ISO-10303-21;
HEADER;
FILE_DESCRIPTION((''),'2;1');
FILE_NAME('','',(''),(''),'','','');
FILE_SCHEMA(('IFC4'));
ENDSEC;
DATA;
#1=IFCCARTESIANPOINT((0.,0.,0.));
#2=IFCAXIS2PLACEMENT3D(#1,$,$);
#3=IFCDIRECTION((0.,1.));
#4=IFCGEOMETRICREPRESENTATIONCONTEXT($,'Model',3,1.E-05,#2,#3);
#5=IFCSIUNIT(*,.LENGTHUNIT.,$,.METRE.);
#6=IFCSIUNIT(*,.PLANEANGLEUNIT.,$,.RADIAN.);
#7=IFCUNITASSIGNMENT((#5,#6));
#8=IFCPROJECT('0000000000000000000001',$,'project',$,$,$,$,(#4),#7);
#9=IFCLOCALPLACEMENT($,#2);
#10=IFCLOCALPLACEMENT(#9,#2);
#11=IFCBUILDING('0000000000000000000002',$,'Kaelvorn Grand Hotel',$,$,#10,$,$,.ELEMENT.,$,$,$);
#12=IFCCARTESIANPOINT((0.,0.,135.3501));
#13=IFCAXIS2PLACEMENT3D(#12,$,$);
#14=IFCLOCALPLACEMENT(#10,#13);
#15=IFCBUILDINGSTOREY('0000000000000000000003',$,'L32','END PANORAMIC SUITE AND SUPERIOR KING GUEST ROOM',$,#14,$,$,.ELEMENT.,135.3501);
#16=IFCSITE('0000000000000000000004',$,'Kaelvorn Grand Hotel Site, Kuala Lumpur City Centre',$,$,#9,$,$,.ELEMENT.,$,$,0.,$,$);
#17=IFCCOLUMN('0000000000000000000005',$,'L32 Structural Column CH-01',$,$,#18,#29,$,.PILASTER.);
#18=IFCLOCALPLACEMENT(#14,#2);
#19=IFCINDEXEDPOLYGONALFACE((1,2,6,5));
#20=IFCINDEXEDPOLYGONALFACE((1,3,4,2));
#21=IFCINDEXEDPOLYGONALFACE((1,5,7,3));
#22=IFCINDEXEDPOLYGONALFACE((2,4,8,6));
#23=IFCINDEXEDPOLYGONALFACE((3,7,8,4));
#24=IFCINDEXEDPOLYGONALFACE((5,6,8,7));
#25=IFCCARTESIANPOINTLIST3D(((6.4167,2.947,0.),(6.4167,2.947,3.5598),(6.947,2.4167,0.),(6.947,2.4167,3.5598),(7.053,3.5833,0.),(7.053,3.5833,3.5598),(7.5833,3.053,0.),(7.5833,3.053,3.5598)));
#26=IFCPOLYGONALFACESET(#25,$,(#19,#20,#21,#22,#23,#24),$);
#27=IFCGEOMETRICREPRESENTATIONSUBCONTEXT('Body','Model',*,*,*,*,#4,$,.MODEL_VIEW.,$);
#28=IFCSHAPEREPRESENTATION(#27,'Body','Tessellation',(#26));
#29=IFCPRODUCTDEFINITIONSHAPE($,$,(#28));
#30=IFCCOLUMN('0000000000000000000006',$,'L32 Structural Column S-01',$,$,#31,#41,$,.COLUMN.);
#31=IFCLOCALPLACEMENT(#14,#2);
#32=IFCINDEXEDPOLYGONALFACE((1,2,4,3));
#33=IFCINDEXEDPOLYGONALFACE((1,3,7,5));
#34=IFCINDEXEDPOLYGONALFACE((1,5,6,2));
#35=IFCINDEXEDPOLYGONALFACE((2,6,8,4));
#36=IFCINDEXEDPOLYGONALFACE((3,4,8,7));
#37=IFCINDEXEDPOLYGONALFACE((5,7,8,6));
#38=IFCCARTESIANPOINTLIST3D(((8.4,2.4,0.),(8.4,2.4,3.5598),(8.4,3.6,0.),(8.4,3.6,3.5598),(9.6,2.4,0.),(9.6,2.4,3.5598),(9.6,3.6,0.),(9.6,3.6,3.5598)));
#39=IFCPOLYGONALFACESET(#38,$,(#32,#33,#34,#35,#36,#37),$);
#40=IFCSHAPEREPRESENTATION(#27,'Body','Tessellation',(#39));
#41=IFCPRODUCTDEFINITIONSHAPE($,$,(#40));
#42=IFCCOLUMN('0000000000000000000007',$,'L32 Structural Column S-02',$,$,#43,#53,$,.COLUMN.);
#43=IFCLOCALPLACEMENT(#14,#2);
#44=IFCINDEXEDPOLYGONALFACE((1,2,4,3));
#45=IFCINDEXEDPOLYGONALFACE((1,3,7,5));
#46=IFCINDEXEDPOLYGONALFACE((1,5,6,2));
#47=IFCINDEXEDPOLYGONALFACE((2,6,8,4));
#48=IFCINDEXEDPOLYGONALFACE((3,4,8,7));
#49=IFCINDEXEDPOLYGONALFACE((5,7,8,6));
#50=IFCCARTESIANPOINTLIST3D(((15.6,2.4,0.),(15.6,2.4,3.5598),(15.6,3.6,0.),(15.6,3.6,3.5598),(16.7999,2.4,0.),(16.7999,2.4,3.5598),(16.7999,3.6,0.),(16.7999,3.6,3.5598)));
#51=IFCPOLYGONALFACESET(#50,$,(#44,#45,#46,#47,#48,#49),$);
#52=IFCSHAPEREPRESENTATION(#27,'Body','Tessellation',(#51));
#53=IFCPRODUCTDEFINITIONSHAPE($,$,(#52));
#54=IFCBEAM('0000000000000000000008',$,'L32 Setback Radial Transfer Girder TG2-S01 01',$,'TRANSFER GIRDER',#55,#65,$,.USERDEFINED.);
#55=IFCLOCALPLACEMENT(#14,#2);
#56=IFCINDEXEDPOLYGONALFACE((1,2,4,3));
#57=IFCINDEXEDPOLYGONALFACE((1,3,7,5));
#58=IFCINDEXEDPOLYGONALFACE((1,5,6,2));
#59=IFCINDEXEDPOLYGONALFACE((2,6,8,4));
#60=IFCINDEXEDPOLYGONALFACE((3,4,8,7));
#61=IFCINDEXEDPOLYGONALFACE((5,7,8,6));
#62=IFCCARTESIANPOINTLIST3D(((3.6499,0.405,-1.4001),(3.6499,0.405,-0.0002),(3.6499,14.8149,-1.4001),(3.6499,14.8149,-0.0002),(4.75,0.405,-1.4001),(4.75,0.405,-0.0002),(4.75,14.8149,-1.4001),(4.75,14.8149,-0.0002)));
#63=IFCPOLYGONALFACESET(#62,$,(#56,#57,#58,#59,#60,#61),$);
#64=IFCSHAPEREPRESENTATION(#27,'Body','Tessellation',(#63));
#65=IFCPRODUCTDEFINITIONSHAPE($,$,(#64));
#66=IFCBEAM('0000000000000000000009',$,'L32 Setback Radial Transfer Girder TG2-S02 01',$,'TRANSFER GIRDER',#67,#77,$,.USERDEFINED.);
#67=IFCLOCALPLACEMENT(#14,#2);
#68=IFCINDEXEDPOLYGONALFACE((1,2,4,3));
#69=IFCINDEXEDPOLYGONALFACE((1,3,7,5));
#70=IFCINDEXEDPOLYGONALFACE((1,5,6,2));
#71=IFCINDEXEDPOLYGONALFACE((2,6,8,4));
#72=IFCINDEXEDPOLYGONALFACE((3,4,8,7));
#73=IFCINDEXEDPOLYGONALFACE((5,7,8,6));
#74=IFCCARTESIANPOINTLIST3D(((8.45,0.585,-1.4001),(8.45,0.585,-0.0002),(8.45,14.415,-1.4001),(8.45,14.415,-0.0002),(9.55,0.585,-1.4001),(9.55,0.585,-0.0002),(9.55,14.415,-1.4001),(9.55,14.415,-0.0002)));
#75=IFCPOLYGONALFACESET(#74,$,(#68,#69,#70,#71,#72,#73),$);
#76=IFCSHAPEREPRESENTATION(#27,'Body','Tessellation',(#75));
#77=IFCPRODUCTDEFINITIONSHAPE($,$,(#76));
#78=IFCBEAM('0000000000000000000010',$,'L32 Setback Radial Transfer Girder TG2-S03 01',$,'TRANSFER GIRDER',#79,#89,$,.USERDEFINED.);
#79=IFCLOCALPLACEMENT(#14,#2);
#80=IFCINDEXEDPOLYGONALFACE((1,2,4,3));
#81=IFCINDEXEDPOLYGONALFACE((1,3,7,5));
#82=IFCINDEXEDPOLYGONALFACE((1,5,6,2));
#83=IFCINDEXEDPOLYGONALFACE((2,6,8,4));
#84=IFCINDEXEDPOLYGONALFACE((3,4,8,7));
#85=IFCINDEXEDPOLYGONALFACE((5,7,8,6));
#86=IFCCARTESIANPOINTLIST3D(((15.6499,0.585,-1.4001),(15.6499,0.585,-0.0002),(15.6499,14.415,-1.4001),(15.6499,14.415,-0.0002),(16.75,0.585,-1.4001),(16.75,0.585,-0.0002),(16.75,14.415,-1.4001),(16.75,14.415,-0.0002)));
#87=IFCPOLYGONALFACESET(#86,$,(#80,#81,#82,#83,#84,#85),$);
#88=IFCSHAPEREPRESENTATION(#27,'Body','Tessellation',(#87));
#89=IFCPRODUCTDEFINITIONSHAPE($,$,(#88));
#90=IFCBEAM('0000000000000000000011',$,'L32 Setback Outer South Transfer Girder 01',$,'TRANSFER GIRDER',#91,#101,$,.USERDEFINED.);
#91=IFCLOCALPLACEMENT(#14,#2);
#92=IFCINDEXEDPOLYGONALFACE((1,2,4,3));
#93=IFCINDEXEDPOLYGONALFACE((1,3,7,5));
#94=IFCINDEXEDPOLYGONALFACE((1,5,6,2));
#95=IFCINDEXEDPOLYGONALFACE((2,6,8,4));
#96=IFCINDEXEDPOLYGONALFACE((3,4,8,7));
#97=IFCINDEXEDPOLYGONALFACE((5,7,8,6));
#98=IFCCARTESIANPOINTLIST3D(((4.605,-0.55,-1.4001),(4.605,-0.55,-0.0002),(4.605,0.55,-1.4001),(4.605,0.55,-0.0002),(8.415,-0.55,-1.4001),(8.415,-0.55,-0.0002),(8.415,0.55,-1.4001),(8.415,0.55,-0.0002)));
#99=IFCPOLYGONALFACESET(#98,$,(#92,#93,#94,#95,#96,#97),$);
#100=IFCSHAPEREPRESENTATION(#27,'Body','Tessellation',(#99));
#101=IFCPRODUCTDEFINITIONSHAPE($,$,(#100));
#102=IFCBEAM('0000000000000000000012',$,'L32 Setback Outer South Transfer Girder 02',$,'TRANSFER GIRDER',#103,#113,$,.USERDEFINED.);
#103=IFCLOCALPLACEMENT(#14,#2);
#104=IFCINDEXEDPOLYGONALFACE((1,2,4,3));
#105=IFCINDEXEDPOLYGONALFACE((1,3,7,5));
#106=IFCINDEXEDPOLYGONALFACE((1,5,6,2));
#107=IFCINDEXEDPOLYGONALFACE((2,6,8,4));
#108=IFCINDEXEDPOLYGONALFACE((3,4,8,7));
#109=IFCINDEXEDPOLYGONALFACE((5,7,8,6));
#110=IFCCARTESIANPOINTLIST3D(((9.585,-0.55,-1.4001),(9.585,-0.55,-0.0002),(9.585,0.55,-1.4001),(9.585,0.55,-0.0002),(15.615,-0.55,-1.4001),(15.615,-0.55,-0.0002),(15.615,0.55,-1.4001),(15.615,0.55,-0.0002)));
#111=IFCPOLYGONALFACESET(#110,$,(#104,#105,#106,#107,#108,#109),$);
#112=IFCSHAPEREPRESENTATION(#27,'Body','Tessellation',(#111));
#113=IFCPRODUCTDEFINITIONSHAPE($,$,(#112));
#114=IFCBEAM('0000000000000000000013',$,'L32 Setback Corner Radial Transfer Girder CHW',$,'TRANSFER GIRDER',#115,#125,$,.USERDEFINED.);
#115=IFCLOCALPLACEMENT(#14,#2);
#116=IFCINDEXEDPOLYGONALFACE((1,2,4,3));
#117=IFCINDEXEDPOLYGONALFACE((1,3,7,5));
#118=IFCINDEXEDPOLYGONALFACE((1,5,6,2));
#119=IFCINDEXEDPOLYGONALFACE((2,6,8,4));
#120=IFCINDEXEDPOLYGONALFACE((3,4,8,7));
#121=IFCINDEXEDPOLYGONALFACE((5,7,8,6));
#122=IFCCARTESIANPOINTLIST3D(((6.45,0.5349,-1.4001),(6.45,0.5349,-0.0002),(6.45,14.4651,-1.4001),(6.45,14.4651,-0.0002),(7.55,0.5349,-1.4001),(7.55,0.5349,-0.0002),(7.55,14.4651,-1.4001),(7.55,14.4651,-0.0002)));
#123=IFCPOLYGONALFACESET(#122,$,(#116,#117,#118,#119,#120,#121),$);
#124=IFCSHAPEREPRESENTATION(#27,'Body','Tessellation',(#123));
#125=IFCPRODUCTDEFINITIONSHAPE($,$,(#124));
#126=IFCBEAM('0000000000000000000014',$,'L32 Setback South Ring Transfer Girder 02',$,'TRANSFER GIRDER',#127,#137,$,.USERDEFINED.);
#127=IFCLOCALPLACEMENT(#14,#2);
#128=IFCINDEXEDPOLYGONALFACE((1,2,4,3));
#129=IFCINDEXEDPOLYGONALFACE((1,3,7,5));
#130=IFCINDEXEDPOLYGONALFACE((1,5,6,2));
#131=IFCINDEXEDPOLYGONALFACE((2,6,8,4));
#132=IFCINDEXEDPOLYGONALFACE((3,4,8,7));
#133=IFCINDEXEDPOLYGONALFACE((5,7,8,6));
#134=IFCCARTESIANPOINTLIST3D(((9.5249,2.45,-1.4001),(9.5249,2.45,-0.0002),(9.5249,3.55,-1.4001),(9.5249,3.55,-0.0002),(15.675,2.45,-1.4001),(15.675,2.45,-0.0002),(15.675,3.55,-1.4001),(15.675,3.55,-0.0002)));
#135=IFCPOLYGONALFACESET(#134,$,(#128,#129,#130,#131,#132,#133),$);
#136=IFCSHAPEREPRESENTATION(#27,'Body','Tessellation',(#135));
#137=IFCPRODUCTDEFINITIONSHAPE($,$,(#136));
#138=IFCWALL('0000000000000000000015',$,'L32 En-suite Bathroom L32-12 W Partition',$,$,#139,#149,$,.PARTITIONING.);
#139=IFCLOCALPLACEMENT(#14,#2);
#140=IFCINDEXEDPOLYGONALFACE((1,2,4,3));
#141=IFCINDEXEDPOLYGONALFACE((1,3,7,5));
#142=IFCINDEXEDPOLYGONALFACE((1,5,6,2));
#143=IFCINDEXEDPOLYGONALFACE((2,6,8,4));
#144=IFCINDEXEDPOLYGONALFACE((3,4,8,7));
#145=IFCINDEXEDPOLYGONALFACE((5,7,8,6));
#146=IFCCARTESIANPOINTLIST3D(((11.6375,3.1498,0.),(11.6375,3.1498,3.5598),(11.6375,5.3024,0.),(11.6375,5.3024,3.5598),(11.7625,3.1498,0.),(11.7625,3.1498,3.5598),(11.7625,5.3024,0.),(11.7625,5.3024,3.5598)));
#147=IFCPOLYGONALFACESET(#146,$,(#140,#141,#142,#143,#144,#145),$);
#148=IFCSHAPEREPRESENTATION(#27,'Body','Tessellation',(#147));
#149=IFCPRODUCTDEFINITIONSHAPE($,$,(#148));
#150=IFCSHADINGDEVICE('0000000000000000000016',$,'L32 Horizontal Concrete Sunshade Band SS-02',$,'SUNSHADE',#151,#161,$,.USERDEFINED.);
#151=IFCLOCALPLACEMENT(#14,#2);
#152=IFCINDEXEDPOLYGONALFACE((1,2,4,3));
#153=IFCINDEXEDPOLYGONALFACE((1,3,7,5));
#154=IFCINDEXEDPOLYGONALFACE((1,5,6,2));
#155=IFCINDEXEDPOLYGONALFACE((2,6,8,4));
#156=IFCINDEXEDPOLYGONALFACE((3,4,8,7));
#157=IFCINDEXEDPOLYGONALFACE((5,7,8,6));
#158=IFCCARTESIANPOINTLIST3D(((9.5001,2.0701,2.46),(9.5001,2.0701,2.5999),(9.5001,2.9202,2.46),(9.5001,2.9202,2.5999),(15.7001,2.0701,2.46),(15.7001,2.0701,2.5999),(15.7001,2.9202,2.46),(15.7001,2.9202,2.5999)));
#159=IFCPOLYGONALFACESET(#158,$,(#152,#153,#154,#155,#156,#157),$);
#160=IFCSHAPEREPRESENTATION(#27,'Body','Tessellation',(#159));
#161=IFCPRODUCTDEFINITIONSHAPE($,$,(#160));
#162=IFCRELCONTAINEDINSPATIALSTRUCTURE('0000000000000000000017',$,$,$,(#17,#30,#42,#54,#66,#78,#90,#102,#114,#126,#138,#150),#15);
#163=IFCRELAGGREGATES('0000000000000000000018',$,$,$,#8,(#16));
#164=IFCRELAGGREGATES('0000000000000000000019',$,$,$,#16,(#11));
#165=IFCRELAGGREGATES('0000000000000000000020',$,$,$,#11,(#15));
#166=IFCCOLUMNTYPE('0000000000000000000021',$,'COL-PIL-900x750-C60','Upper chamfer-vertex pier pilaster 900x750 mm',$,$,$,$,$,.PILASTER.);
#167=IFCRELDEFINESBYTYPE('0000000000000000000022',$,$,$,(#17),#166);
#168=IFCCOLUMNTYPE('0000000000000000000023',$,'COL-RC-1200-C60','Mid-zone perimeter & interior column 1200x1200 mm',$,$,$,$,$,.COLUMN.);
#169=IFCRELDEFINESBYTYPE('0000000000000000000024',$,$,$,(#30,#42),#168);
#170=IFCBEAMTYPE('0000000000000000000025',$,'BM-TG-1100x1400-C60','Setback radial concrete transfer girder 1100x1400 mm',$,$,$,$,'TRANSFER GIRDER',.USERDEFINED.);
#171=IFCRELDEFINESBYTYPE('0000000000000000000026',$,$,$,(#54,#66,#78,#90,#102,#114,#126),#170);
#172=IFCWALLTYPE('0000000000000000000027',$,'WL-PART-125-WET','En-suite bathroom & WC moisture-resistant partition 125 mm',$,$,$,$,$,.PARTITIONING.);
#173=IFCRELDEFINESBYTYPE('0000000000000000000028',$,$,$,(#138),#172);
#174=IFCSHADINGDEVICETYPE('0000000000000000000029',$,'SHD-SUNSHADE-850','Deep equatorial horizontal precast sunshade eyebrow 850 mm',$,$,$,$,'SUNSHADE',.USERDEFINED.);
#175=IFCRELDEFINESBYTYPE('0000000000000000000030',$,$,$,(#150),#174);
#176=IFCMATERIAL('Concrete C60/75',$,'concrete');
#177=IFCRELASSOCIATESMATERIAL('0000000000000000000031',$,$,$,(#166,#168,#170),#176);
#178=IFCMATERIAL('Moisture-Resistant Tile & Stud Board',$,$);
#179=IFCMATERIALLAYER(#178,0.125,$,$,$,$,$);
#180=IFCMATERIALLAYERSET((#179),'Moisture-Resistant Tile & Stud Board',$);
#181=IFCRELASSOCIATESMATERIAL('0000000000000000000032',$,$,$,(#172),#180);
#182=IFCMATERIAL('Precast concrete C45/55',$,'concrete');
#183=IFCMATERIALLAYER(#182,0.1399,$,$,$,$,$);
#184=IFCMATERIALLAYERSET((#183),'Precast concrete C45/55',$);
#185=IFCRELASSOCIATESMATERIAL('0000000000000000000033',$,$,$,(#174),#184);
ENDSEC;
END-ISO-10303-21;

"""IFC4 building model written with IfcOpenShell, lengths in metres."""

from ifc_helpers import new_model, si_unit, direction, frame, frame_2d, origin, origin_2d, place, context, subcontext, project, spatial, rectangle, extrude, material, layer, layer_set, material_profile, profile_set, type_object, element, save


model = new_model("IFC4")

# Units and contexts
model_context = context("Model", 3, precision=1e-05, world=origin(), true_north=direction((0.0, 1.0)))
body_context = subcontext(model_context, "Body", "Model", "MODEL_VIEW")
ifc_project = project(units=[si_unit("LENGTHUNIT", "METRE"), si_unit("PLANEANGLEUNIT", "RADIAN")], contexts=[model_context])

# Site, building, storey
site_placement = place(None, origin())
site = spatial("IfcSite", under=ifc_project, at=site_placement, Name="Kaelvorn Grand Hotel Site, Kuala Lumpur City Centre", CompositionType="ELEMENT", RefElevation=0.0)
building_placement = place(site_placement, origin())
building = spatial("IfcBuilding", under=site, at=building_placement, Name="Kaelvorn Grand Hotel", CompositionType="ELEMENT")
storey_placement = place(building_placement, frame((0.0, 0.0, 135.3501)))
storey = spatial("IfcBuildingStorey", under=building, at=storey_placement, Name="L32", Description="END PANORAMIC SUITE AND SUPERIOR KING GUEST ROOM", CompositionType="ELEMENT", Elevation=135.3501)

# Columns
ifc_material_1 = material(Name="Concrete C60/75", Category="concrete")
ifc_material_profile_1 = material_profile(ifc_material_1, rectangle(XDim=0.8999, YDim=0.75, at=origin_2d()), Name="RC PILASTER 900x750")
ifc_profile_set_1 = profile_set([ifc_material_profile_1], Name="Concrete C60/75")
column_type_1 = type_object("IfcColumnType", Name="COL-PIL-900x750-C60", Description="Upper chamfer-vertex pier pilaster 900x750 mm", PredefinedType="PILASTER", material=ifc_profile_set_1)
column_placement = place(storey_placement, frame((7.0, 3.0, 0.0), z_axis=(0.0, 0.0, 1.0), x_axis=(0.707107, 0.707107, 0.0)))
element("IfcColumn", 1, at=column_placement, inside=storey, type_object=column_type_1, Name="L32 Structural Column CH-01", PredefinedType="PILASTER", context=body_context, shape_type="SweptSolid", body=[
    extrude(rectangle(XDim=0.8999, YDim=0.75, at=origin_2d()), origin(), (0.0, 0.0, 1.0), 3.5598),
])
ifc_material_profile_2 = material_profile(ifc_material_1, rectangle(XDim=1.2, YDim=1.2, at=origin_2d()), Name="RC COL 1200x1200")
ifc_profile_set_2 = profile_set([ifc_material_profile_2], Name="Concrete C60/75")
column_type_2 = type_object("IfcColumnType", Name="COL-RC-1200-C60", Description="Mid-zone perimeter & interior column 1200x1200 mm", PredefinedType="COLUMN", material=ifc_profile_set_2)
for number, where, z_axis, x_axis, name in (
    (2, (9.0, 3.0, 0.0), (0.0, 0.0, 1.0), (1.0, 0.0, 0.0), "L32 Structural Column S-01"),
    (3, (16.2, 3.0, 0.0), (0.0, 0.0, 1.0), (1.0, 0.0, 0.0), "L32 Structural Column S-02"),
):
    element("IfcColumn", number, at=place(storey_placement, frame(where, z_axis=z_axis, x_axis=x_axis)), inside=storey, type_object=column_type_2, Name=name, PredefinedType="COLUMN", context=body_context, shape_type="SweptSolid", body=[
        extrude(rectangle(XDim=1.2, YDim=1.2, at=origin_2d()), origin(), (0.0, 0.0, 1.0), 3.5598),
    ])

# Beams
ifc_material_profile_3 = material_profile(ifc_material_1, rectangle(XDim=1.1001, YDim=1.3999, at=origin_2d()), Name="RC TG 1100x1400")
ifc_profile_set_3 = profile_set([ifc_material_profile_3], Name="Concrete C60/75")
beam_type = type_object("IfcBeamType", Name="BM-TG-1100x1400-C60", Description="Setback radial concrete transfer girder 1100x1400 mm", ElementType="TRANSFER GIRDER", PredefinedType="USERDEFINED", material=ifc_profile_set_3)
beam_1_placement = place(storey_placement, frame((4.2, 0.405, -0.7002), z_axis=(0.0, 1.0, 0.0), x_axis=(-1.0, 0.0, 0.0)))
element("IfcBeam", 4, at=beam_1_placement, inside=storey, type_object=beam_type, Name="L32 Setback Radial Transfer Girder TG2-S01 01", ObjectType="TRANSFER GIRDER", PredefinedType="USERDEFINED", context=body_context, shape_type="SweptSolid", body=[
    extrude(rectangle(XDim=1.1001, YDim=1.3999, at=origin_2d()), origin(), (0.0, 0.0, 1.0), 14.4099),
])
for number, where, z_axis, x_axis, name in (
    (5, (9.0, 0.585, -0.7002), (0.0, 1.0, 0.0), (-1.0, 0.0, 0.0), "L32 Setback Radial Transfer Girder TG2-S02 01"),
    (6, (16.2, 0.585, -0.7002), (0.0, 1.0, 0.0), (-1.0, 0.0, 0.0), "L32 Setback Radial Transfer Girder TG2-S03 01"),
):
    element("IfcBeam", number, at=place(storey_placement, frame(where, z_axis=z_axis, x_axis=x_axis)), inside=storey, type_object=beam_type, Name=name, ObjectType="TRANSFER GIRDER", PredefinedType="USERDEFINED", context=body_context, shape_type="SweptSolid", body=[
        extrude(rectangle(XDim=1.1001, YDim=1.3999, at=origin_2d()), origin(), (0.0, 0.0, 1.0), 13.8301),
    ])
beam_2_placement = place(storey_placement, frame((4.605, 0.0, -0.7002), z_axis=(1.0, 0.0, 0.0), x_axis=(0.0, 1.0, 0.0)))
element("IfcBeam", 7, at=beam_2_placement, inside=storey, type_object=beam_type, Name="L32 Setback Outer South Transfer Girder 01", ObjectType="TRANSFER GIRDER", PredefinedType="USERDEFINED", context=body_context, shape_type="SweptSolid", body=[
    extrude(rectangle(XDim=1.1001, YDim=1.3999, at=origin_2d()), origin(), (0.0, 0.0, 1.0), 3.8101),
])
beam_3_placement = place(storey_placement, frame((9.585, 0.0, -0.7002), z_axis=(1.0, 0.0, 0.0), x_axis=(0.0, 1.0, 0.0)))
element("IfcBeam", 8, at=beam_3_placement, inside=storey, type_object=beam_type, Name="L32 Setback Outer South Transfer Girder 02", ObjectType="TRANSFER GIRDER", PredefinedType="USERDEFINED", context=body_context, shape_type="SweptSolid", body=[
    extrude(rectangle(XDim=1.1001, YDim=1.3999, at=origin_2d()), origin(), (0.0, 0.0, 1.0), 6.03),
])
beam_4_placement = place(storey_placement, frame((7.0, 0.5349, -0.7002), z_axis=(0.0, 1.0, 0.0), x_axis=(-1.0, 0.0, 0.0)))
element("IfcBeam", 9, at=beam_4_placement, inside=storey, type_object=beam_type, Name="L32 Setback Corner Radial Transfer Girder CHW", ObjectType="TRANSFER GIRDER", PredefinedType="USERDEFINED", context=body_context, shape_type="SweptSolid", body=[
    extrude(rectangle(XDim=1.1001, YDim=1.3999, at=origin_2d()), origin(), (0.0, 0.0, 1.0), 13.9302),
])
beam_5_placement = place(storey_placement, frame((9.5249, 3.0, -0.7002), z_axis=(1.0, 0.0, 0.0), x_axis=(0.0, 1.0, 0.0)))
element("IfcBeam", 10, at=beam_5_placement, inside=storey, type_object=beam_type, Name="L32 Setback South Ring Transfer Girder 02", ObjectType="TRANSFER GIRDER", PredefinedType="USERDEFINED", context=body_context, shape_type="SweptSolid", body=[
    extrude(rectangle(XDim=1.1001, YDim=1.3999, at=origin_2d()), origin(), (0.0, 0.0, 1.0), 6.1501),
])

# Wall
ifc_material_2 = material(Name="Moisture-Resistant Tile & Stud Board")
ifc_layer_1 = layer(ifc_material_2, 0.125)
ifc_layer_set_1 = layer_set([ifc_layer_1], Name="Moisture-Resistant Tile & Stud Board")
wall_type_1 = type_object("IfcWallType", Name="WL-PART-125-WET", Description="En-suite bathroom & WC moisture-resistant partition 125 mm", PredefinedType="PARTITIONING", material=ifc_layer_set_1)
wall_1_placement = place(storey_placement, frame((11.7, 3.1499, 0.0), z_axis=(0.0, 0.0, 1.0), x_axis=(0.0, 1.0, 0.0)))
element("IfcWall", 11, at=wall_1_placement, inside=storey, type_object=wall_type_1, Name="L32 En-suite Bathroom L32-12 W Partition", PredefinedType="PARTITIONING", context=body_context, shape_type="SweptSolid", body=[
    extrude(rectangle(XDim=2.1526, YDim=0.125, at=frame_2d((1.0762, 0.0))), origin(), (0.0, 0.0, 1.0), 3.5598),
])

# Shading device
ifc_material_3 = material(Name="Precast concrete C45/55", Category="concrete")
ifc_layer_2 = layer(ifc_material_3, 0.1399)
ifc_layer_set_2 = layer_set([ifc_layer_2], Name="Precast concrete C45/55")
shading_device_type = type_object("IfcShadingDeviceType", Name="SHD-SUNSHADE-850", Description="Deep equatorial horizontal precast sunshade eyebrow 850 mm", ElementType="SUNSHADE", PredefinedType="USERDEFINED", material=ifc_layer_set_2)
shading_device_placement = place(storey_placement, frame((12.6001, 2.4951, 2.46), z_axis=(0.0, 0.0, 1.0), x_axis=(1.0, 0.0, 0.0)))
element("IfcShadingDevice", 12, at=shading_device_placement, inside=storey, type_object=shading_device_type, Name="L32 Horizontal Concrete Sunshade Band SS-02", ObjectType="SUNSHADE", PredefinedType="USERDEFINED", context=body_context, shape_type="SweptSolid", body=[
    extrude(rectangle(XDim=6.2, YDim=0.8501, at=origin_2d()), origin(), (0.0, 0.0, 1.0), 0.1399),
])

save(model, "model.ifc")
